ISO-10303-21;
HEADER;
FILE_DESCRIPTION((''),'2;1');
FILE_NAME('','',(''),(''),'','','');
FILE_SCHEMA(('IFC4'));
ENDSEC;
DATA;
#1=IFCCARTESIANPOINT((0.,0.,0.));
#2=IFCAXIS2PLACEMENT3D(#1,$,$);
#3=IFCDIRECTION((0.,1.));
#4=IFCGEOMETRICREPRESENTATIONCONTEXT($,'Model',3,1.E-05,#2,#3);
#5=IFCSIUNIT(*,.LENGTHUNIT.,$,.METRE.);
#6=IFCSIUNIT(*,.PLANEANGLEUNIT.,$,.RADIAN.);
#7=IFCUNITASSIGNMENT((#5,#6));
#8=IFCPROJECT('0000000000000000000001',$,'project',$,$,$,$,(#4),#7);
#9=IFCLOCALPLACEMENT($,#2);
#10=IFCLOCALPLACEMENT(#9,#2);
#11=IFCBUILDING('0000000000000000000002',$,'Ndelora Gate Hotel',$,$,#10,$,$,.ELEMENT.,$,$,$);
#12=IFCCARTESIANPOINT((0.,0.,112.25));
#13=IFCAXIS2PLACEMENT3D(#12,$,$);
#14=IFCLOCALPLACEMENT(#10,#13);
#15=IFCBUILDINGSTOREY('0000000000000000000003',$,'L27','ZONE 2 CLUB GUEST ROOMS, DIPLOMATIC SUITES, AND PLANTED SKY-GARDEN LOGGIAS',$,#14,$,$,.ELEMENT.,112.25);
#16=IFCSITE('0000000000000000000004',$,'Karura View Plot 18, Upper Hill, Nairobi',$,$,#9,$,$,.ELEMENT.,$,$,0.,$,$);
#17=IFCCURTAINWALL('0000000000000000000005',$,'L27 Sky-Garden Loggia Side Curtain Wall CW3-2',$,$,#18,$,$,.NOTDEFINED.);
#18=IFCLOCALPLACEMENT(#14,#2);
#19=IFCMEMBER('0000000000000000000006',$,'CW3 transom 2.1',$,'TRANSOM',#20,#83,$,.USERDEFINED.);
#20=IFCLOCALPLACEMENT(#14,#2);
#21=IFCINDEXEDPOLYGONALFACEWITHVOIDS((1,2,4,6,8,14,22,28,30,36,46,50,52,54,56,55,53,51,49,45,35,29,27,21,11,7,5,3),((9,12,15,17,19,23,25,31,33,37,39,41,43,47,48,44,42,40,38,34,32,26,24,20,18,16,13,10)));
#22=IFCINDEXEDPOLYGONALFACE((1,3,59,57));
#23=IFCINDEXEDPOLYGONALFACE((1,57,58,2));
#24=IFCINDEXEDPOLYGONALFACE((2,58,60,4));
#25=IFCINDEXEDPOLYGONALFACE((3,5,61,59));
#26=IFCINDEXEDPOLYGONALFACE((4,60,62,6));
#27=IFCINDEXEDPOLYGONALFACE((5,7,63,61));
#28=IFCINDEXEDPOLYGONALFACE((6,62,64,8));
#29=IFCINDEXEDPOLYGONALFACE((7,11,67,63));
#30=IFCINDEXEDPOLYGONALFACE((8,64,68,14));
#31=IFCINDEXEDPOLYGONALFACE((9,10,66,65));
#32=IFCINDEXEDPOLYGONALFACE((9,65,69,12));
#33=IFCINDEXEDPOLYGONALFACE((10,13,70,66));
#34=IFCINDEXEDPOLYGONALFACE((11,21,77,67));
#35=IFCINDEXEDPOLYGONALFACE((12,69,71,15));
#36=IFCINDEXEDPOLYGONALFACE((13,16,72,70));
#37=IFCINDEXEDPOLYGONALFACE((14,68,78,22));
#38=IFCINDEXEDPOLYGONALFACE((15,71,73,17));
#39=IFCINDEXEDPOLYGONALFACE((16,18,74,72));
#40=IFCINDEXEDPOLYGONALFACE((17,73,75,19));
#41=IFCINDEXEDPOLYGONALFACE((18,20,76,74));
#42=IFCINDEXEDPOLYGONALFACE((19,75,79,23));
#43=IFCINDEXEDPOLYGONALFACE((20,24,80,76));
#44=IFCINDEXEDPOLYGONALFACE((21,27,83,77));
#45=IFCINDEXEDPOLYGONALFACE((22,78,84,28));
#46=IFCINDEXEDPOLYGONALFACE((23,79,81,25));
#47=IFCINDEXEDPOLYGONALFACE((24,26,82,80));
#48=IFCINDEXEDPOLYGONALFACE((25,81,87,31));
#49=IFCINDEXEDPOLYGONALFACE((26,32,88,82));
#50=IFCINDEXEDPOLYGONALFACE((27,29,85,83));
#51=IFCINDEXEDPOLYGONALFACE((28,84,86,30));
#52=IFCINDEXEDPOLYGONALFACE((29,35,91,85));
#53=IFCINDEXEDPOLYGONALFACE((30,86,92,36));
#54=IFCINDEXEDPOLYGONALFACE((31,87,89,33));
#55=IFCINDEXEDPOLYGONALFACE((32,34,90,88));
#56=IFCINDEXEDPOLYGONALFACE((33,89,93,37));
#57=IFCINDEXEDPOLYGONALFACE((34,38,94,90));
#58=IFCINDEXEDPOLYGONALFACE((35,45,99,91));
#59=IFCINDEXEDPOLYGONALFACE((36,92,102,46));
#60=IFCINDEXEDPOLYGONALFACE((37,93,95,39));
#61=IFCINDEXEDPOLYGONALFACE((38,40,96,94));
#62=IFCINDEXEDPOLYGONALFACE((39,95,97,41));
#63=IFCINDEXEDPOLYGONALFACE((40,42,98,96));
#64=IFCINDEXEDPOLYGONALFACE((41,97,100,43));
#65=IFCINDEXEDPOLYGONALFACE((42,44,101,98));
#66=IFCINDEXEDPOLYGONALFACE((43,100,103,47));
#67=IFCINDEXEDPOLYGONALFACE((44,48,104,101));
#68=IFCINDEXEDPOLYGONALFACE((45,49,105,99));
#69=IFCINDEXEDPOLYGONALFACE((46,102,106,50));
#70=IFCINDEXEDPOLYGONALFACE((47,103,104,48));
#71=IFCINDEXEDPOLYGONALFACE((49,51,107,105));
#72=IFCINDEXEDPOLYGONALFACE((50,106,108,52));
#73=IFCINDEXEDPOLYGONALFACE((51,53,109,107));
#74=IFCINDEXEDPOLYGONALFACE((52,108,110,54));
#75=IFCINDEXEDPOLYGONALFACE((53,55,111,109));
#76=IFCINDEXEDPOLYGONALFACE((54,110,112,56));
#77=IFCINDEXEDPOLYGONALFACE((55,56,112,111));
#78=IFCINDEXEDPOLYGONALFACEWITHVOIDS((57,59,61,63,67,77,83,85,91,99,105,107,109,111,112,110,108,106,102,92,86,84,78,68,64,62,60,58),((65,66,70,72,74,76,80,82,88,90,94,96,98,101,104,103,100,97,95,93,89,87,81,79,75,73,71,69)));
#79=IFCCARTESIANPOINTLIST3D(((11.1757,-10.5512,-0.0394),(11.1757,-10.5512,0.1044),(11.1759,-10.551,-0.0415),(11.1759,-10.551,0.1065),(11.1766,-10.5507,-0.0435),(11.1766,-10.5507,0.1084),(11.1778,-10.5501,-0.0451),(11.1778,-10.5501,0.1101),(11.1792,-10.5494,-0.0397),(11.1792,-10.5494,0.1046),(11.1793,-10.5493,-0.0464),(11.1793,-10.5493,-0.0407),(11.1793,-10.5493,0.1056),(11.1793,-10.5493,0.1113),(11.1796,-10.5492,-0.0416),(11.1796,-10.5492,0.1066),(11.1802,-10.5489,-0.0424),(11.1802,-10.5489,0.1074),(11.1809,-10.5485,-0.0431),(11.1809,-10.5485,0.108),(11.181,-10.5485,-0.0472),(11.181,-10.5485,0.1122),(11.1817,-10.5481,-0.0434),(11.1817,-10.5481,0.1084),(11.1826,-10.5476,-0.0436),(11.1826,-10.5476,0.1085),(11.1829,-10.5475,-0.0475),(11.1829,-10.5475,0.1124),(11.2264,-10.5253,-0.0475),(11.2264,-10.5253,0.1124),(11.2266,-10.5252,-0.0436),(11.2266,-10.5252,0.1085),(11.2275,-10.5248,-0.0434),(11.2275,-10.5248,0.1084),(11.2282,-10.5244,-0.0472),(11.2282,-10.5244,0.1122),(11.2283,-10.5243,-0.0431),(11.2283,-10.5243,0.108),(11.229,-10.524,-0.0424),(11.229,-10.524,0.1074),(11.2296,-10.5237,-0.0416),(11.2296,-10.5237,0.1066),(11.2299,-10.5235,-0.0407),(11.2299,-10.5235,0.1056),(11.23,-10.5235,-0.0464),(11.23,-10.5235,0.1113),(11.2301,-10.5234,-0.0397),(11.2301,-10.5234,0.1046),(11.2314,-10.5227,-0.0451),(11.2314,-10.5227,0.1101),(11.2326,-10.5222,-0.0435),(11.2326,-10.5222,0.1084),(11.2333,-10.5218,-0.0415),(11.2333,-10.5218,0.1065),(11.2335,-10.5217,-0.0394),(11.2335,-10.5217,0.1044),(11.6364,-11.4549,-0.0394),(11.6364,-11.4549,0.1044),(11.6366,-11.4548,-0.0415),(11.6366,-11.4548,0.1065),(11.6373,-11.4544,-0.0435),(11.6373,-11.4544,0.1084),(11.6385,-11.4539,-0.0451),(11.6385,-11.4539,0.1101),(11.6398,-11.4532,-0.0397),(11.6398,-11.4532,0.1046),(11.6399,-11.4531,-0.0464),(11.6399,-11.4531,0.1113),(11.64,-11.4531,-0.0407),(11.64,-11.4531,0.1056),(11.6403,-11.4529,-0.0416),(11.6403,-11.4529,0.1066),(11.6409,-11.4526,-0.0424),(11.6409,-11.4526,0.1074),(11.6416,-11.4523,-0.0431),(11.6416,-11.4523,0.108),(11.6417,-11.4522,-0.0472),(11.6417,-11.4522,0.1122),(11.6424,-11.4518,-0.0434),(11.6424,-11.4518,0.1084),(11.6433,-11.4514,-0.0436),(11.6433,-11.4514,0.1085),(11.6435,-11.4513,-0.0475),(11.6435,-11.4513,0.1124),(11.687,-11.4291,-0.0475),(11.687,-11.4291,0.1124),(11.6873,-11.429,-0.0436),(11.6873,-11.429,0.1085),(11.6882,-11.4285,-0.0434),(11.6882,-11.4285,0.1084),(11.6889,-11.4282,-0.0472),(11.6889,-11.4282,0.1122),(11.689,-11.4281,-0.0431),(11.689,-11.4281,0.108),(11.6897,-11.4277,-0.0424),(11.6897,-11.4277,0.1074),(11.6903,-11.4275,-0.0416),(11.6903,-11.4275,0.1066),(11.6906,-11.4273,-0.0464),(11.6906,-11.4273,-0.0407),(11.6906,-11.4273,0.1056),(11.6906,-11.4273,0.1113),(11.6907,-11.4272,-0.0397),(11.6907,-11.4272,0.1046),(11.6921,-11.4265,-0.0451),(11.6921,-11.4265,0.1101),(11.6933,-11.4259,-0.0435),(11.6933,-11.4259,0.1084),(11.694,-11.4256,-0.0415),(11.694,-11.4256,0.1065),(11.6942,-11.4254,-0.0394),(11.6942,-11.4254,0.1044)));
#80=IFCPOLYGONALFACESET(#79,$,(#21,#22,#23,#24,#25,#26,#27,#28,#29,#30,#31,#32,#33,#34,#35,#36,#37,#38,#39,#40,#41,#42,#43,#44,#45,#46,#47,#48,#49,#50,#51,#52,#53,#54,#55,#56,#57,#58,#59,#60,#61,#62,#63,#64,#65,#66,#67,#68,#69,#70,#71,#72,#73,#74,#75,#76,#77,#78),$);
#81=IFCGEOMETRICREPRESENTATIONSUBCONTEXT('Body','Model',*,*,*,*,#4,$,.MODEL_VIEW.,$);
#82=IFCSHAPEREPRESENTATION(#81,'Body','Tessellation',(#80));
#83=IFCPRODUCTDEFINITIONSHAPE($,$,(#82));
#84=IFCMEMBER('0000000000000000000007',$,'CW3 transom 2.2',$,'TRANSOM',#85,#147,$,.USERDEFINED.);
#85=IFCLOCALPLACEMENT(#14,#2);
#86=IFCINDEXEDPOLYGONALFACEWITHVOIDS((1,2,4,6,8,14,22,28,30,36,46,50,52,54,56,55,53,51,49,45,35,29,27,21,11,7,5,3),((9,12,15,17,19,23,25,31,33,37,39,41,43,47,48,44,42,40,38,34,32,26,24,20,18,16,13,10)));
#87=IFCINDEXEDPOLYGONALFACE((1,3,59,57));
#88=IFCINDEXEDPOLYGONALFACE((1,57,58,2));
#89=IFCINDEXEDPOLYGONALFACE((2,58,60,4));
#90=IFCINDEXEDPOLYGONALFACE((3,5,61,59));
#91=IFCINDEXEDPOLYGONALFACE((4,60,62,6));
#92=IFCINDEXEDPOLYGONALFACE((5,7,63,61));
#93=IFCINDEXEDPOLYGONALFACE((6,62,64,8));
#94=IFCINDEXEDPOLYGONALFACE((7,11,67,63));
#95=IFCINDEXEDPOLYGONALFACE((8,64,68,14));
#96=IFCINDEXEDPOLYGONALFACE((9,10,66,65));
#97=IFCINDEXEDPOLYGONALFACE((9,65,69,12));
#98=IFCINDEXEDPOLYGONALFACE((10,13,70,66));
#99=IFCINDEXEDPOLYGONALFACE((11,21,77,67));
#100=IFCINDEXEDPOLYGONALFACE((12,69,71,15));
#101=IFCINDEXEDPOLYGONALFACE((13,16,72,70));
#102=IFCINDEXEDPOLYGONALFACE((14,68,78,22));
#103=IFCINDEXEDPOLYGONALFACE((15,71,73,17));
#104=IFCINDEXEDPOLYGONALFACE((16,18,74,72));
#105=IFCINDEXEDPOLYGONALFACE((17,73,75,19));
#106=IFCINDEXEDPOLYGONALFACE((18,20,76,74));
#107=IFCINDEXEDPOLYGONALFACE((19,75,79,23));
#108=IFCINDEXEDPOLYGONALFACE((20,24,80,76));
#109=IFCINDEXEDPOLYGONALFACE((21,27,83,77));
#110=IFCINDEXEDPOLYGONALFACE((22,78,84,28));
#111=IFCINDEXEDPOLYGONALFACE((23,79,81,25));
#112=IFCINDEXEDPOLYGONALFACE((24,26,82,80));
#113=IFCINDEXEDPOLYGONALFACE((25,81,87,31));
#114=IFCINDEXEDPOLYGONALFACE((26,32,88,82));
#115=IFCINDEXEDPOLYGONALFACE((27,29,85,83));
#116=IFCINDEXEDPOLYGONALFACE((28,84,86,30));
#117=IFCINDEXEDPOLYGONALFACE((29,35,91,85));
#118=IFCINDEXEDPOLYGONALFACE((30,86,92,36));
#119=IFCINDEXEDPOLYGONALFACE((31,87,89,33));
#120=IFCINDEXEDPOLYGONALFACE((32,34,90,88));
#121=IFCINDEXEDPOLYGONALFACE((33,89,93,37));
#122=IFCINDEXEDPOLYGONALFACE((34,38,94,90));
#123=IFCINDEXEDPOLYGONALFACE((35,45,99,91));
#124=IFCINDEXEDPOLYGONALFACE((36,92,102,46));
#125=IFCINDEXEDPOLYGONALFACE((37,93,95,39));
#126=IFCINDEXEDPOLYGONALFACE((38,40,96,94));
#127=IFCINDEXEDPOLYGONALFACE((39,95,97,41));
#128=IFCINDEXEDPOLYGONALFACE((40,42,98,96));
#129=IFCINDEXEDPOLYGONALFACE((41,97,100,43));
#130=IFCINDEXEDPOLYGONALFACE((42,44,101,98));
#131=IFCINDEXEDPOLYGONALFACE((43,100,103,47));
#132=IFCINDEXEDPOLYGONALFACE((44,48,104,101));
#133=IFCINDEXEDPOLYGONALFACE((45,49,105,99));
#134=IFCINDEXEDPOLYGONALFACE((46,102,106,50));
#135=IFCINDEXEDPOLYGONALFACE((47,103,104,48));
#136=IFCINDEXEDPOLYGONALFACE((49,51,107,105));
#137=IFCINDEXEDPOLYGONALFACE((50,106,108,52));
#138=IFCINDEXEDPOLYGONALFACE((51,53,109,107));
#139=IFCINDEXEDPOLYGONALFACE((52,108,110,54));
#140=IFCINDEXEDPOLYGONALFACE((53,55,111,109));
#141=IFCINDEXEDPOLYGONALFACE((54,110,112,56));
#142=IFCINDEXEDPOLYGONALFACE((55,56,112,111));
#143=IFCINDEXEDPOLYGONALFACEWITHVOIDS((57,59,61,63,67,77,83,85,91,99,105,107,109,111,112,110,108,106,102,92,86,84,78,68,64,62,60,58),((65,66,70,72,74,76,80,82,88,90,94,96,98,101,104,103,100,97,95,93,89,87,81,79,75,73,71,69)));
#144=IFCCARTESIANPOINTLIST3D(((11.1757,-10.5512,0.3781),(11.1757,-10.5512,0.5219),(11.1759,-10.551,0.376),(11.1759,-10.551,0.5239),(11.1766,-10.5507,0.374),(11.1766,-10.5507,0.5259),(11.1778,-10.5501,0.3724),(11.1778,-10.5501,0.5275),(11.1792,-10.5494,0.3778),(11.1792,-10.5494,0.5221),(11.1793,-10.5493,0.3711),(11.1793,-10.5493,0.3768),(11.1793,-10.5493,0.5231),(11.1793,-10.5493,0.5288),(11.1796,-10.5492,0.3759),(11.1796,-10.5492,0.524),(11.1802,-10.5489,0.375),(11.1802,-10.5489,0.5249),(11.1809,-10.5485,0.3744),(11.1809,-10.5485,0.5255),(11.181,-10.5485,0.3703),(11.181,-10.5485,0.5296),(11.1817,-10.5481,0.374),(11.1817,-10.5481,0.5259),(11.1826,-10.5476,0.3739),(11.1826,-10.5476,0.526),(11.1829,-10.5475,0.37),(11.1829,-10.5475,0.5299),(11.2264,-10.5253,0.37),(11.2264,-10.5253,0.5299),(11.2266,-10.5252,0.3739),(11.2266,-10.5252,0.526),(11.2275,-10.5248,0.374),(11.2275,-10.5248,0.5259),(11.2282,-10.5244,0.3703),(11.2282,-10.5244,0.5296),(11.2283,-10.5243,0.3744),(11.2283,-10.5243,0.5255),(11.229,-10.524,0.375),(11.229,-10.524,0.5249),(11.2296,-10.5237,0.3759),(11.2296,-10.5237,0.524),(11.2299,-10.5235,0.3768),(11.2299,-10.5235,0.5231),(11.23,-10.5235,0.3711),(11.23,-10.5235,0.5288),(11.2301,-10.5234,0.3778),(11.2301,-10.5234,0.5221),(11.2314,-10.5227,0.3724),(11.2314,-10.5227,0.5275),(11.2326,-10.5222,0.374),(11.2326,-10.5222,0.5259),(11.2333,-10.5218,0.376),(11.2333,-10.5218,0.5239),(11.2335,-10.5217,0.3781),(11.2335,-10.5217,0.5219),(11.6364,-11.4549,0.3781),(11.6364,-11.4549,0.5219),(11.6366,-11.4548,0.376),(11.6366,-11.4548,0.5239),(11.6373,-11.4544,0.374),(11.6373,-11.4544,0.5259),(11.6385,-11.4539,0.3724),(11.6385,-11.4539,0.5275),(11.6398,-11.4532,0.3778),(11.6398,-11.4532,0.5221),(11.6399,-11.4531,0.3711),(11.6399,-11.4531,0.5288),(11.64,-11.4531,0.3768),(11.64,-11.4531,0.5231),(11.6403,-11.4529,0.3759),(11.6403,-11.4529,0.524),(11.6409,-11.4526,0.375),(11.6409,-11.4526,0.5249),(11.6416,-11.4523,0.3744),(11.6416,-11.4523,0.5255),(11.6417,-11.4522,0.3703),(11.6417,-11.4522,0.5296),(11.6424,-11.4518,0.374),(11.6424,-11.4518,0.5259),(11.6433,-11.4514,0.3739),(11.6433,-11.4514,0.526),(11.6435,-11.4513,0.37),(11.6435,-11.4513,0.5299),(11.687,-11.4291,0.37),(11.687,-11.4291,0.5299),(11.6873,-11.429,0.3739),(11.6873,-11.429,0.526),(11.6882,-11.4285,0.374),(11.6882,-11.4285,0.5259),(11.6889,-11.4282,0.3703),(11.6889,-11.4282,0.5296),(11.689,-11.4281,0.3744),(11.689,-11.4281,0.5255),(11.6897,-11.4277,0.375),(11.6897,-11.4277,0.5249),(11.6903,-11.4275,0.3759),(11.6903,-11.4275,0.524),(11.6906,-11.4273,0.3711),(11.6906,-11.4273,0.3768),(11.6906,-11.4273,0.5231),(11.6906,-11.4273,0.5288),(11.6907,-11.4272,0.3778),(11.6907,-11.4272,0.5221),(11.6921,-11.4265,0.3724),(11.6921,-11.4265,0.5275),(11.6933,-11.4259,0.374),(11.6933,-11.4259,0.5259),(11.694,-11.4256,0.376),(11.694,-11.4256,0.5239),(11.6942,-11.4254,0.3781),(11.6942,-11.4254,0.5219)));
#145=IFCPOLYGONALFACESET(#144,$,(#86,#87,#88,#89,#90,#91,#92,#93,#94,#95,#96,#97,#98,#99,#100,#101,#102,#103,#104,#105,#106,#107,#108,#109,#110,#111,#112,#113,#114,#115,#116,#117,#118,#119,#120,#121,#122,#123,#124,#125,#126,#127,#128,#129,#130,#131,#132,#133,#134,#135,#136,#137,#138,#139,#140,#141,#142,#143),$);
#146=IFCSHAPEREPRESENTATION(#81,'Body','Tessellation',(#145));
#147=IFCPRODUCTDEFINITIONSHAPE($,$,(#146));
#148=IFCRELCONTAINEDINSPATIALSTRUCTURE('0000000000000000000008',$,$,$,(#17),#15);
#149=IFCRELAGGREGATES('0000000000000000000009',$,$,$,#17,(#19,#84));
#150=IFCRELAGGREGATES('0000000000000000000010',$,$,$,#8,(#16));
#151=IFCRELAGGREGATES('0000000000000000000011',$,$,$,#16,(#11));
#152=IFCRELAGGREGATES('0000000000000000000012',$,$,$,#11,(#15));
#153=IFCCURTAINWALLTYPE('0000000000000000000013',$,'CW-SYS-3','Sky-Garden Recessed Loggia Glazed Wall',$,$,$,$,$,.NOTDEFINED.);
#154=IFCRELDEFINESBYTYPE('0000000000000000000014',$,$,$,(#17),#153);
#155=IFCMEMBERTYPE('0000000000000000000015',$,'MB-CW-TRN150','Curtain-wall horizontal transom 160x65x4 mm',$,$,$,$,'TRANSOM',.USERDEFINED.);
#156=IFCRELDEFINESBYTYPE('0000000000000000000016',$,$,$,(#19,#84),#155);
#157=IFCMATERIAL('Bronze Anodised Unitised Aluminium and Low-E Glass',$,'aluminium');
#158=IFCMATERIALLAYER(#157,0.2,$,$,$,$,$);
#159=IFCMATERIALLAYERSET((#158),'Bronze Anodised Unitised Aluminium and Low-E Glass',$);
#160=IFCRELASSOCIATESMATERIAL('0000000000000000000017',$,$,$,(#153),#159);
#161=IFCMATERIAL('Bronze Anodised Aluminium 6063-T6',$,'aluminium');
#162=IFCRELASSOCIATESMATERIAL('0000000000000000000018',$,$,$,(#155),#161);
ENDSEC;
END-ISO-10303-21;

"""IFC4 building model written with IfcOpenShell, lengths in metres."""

from ifc_helpers import new_model, si_unit, direction, frame, origin, origin_2d, place, context, subcontext, project, spatial, hollow_rectangle, extrude, material, layer, layer_set, material_profile, profile_set, type_object, element, aggregate, save


model = new_model("IFC4")

# Units and contexts
model_context = context("Model", 3, precision=1e-05, world=origin(), true_north=direction((0.0, 1.0)))
body_context = subcontext(model_context, "Body", "Model", "MODEL_VIEW")
ifc_project = project(units=[si_unit("LENGTHUNIT", "METRE"), si_unit("PLANEANGLEUNIT", "RADIAN")], contexts=[model_context])

# Site, building, storey
site_placement = place(None, origin())
site = spatial("IfcSite", under=ifc_project, at=site_placement, Name="Karura View Plot 18, Upper Hill, Nairobi", CompositionType="ELEMENT", RefElevation=0.0)
building_placement = place(site_placement, origin())
building = spatial("IfcBuilding", under=site, at=building_placement, Name="Ndelora Gate Hotel", CompositionType="ELEMENT")
storey_placement = place(building_placement, frame((0.0, 0.0, 112.25)))
storey = spatial("IfcBuildingStorey", under=building, at=storey_placement, Name="L27", Description="ZONE 2 CLUB GUEST ROOMS, DIPLOMATIC SUITES, AND PLANTED SKY-GARDEN LOGGIAS", CompositionType="ELEMENT", Elevation=112.25)

# Curtain wall, members
ifc_material_1 = material(Name="Bronze Anodised Unitised Aluminium and Low-E Glass", Category="aluminium")
ifc_layer_1 = layer(ifc_material_1, 0.2)
ifc_layer_set_1 = layer_set([ifc_layer_1], Name="Bronze Anodised Unitised Aluminium and Low-E Glass")
curtain_wall_type = type_object("IfcCurtainWallType", Name="CW-SYS-3", Description="Sky-Garden Recessed Loggia Glazed Wall", PredefinedType="NOTDEFINED", material=ifc_layer_set_1)
curtain_wall_placement = place(storey_placement, origin())
curtain_wall = element("IfcCurtainWall", 1, at=curtain_wall_placement, inside=storey, type_object=curtain_wall_type, Name="L27 Sky-Garden Loggia Side Curtain Wall CW3-2", PredefinedType="NOTDEFINED")
ifc_material_2 = material(Name="Bronze Anodised Aluminium 6063-T6", Category="aluminium")
ifc_material_profile_1 = material_profile(ifc_material_2, hollow_rectangle(XDim=0.0649, YDim=0.1599, WallThickness=0.0039, InnerFilletRadius=0.0039, OuterFilletRadius=0.0081, at=origin_2d()), Name="ALU 160x65x4")
ifc_profile_set_1 = profile_set([ifc_material_profile_1], Name="Bronze Anodised Aluminium 6063-T6")
member_type_1 = type_object("IfcMemberType", Name="MB-CW-TRN150", Description="Curtain-wall horizontal transom 160x65x4 mm", ElementType="TRANSOM", PredefinedType="USERDEFINED", material=ifc_profile_set_1)
member_1_placement = place(storey_placement, frame((11.6653, -11.4402, 0.0325), z_axis=(-0.454131, 0.890935, 0.0), x_axis=(-0.890935, -0.454131, 0.0)))
member_1 = element("IfcMember", 2, at=member_1_placement, type_object=member_type_1, Name="CW3 transom 2.1", ObjectType="TRANSOM", PredefinedType="USERDEFINED", context=body_context, shape_type="SweptSolid", body=[
    extrude(hollow_rectangle(XDim=0.0649, YDim=0.1599, WallThickness=0.0039, InnerFilletRadius=0.0039, OuterFilletRadius=0.0081, at=origin_2d()), origin(), (0.0, 0.0, 1.0), 1.0144),
])
member_2_placement = place(storey_placement, frame((11.6653, -11.4402, 0.45), z_axis=(-0.454131, 0.890935, 0.0), x_axis=(-0.890935, -0.454131, 0.0)))
member_2 = element("IfcMember", 3, at=member_2_placement, type_object=member_type_1, Name="CW3 transom 2.2", ObjectType="TRANSOM", PredefinedType="USERDEFINED", context=body_context, shape_type="SweptSolid", body=[
    extrude(hollow_rectangle(XDim=0.0649, YDim=0.1599, WallThickness=0.0039, InnerFilletRadius=0.0039, OuterFilletRadius=0.0081, at=origin_2d()), origin(), (0.0, 0.0, 1.0), 1.0144),
])
aggregate(curtain_wall, [member_1, member_2])

save(model, "model.ifc")
